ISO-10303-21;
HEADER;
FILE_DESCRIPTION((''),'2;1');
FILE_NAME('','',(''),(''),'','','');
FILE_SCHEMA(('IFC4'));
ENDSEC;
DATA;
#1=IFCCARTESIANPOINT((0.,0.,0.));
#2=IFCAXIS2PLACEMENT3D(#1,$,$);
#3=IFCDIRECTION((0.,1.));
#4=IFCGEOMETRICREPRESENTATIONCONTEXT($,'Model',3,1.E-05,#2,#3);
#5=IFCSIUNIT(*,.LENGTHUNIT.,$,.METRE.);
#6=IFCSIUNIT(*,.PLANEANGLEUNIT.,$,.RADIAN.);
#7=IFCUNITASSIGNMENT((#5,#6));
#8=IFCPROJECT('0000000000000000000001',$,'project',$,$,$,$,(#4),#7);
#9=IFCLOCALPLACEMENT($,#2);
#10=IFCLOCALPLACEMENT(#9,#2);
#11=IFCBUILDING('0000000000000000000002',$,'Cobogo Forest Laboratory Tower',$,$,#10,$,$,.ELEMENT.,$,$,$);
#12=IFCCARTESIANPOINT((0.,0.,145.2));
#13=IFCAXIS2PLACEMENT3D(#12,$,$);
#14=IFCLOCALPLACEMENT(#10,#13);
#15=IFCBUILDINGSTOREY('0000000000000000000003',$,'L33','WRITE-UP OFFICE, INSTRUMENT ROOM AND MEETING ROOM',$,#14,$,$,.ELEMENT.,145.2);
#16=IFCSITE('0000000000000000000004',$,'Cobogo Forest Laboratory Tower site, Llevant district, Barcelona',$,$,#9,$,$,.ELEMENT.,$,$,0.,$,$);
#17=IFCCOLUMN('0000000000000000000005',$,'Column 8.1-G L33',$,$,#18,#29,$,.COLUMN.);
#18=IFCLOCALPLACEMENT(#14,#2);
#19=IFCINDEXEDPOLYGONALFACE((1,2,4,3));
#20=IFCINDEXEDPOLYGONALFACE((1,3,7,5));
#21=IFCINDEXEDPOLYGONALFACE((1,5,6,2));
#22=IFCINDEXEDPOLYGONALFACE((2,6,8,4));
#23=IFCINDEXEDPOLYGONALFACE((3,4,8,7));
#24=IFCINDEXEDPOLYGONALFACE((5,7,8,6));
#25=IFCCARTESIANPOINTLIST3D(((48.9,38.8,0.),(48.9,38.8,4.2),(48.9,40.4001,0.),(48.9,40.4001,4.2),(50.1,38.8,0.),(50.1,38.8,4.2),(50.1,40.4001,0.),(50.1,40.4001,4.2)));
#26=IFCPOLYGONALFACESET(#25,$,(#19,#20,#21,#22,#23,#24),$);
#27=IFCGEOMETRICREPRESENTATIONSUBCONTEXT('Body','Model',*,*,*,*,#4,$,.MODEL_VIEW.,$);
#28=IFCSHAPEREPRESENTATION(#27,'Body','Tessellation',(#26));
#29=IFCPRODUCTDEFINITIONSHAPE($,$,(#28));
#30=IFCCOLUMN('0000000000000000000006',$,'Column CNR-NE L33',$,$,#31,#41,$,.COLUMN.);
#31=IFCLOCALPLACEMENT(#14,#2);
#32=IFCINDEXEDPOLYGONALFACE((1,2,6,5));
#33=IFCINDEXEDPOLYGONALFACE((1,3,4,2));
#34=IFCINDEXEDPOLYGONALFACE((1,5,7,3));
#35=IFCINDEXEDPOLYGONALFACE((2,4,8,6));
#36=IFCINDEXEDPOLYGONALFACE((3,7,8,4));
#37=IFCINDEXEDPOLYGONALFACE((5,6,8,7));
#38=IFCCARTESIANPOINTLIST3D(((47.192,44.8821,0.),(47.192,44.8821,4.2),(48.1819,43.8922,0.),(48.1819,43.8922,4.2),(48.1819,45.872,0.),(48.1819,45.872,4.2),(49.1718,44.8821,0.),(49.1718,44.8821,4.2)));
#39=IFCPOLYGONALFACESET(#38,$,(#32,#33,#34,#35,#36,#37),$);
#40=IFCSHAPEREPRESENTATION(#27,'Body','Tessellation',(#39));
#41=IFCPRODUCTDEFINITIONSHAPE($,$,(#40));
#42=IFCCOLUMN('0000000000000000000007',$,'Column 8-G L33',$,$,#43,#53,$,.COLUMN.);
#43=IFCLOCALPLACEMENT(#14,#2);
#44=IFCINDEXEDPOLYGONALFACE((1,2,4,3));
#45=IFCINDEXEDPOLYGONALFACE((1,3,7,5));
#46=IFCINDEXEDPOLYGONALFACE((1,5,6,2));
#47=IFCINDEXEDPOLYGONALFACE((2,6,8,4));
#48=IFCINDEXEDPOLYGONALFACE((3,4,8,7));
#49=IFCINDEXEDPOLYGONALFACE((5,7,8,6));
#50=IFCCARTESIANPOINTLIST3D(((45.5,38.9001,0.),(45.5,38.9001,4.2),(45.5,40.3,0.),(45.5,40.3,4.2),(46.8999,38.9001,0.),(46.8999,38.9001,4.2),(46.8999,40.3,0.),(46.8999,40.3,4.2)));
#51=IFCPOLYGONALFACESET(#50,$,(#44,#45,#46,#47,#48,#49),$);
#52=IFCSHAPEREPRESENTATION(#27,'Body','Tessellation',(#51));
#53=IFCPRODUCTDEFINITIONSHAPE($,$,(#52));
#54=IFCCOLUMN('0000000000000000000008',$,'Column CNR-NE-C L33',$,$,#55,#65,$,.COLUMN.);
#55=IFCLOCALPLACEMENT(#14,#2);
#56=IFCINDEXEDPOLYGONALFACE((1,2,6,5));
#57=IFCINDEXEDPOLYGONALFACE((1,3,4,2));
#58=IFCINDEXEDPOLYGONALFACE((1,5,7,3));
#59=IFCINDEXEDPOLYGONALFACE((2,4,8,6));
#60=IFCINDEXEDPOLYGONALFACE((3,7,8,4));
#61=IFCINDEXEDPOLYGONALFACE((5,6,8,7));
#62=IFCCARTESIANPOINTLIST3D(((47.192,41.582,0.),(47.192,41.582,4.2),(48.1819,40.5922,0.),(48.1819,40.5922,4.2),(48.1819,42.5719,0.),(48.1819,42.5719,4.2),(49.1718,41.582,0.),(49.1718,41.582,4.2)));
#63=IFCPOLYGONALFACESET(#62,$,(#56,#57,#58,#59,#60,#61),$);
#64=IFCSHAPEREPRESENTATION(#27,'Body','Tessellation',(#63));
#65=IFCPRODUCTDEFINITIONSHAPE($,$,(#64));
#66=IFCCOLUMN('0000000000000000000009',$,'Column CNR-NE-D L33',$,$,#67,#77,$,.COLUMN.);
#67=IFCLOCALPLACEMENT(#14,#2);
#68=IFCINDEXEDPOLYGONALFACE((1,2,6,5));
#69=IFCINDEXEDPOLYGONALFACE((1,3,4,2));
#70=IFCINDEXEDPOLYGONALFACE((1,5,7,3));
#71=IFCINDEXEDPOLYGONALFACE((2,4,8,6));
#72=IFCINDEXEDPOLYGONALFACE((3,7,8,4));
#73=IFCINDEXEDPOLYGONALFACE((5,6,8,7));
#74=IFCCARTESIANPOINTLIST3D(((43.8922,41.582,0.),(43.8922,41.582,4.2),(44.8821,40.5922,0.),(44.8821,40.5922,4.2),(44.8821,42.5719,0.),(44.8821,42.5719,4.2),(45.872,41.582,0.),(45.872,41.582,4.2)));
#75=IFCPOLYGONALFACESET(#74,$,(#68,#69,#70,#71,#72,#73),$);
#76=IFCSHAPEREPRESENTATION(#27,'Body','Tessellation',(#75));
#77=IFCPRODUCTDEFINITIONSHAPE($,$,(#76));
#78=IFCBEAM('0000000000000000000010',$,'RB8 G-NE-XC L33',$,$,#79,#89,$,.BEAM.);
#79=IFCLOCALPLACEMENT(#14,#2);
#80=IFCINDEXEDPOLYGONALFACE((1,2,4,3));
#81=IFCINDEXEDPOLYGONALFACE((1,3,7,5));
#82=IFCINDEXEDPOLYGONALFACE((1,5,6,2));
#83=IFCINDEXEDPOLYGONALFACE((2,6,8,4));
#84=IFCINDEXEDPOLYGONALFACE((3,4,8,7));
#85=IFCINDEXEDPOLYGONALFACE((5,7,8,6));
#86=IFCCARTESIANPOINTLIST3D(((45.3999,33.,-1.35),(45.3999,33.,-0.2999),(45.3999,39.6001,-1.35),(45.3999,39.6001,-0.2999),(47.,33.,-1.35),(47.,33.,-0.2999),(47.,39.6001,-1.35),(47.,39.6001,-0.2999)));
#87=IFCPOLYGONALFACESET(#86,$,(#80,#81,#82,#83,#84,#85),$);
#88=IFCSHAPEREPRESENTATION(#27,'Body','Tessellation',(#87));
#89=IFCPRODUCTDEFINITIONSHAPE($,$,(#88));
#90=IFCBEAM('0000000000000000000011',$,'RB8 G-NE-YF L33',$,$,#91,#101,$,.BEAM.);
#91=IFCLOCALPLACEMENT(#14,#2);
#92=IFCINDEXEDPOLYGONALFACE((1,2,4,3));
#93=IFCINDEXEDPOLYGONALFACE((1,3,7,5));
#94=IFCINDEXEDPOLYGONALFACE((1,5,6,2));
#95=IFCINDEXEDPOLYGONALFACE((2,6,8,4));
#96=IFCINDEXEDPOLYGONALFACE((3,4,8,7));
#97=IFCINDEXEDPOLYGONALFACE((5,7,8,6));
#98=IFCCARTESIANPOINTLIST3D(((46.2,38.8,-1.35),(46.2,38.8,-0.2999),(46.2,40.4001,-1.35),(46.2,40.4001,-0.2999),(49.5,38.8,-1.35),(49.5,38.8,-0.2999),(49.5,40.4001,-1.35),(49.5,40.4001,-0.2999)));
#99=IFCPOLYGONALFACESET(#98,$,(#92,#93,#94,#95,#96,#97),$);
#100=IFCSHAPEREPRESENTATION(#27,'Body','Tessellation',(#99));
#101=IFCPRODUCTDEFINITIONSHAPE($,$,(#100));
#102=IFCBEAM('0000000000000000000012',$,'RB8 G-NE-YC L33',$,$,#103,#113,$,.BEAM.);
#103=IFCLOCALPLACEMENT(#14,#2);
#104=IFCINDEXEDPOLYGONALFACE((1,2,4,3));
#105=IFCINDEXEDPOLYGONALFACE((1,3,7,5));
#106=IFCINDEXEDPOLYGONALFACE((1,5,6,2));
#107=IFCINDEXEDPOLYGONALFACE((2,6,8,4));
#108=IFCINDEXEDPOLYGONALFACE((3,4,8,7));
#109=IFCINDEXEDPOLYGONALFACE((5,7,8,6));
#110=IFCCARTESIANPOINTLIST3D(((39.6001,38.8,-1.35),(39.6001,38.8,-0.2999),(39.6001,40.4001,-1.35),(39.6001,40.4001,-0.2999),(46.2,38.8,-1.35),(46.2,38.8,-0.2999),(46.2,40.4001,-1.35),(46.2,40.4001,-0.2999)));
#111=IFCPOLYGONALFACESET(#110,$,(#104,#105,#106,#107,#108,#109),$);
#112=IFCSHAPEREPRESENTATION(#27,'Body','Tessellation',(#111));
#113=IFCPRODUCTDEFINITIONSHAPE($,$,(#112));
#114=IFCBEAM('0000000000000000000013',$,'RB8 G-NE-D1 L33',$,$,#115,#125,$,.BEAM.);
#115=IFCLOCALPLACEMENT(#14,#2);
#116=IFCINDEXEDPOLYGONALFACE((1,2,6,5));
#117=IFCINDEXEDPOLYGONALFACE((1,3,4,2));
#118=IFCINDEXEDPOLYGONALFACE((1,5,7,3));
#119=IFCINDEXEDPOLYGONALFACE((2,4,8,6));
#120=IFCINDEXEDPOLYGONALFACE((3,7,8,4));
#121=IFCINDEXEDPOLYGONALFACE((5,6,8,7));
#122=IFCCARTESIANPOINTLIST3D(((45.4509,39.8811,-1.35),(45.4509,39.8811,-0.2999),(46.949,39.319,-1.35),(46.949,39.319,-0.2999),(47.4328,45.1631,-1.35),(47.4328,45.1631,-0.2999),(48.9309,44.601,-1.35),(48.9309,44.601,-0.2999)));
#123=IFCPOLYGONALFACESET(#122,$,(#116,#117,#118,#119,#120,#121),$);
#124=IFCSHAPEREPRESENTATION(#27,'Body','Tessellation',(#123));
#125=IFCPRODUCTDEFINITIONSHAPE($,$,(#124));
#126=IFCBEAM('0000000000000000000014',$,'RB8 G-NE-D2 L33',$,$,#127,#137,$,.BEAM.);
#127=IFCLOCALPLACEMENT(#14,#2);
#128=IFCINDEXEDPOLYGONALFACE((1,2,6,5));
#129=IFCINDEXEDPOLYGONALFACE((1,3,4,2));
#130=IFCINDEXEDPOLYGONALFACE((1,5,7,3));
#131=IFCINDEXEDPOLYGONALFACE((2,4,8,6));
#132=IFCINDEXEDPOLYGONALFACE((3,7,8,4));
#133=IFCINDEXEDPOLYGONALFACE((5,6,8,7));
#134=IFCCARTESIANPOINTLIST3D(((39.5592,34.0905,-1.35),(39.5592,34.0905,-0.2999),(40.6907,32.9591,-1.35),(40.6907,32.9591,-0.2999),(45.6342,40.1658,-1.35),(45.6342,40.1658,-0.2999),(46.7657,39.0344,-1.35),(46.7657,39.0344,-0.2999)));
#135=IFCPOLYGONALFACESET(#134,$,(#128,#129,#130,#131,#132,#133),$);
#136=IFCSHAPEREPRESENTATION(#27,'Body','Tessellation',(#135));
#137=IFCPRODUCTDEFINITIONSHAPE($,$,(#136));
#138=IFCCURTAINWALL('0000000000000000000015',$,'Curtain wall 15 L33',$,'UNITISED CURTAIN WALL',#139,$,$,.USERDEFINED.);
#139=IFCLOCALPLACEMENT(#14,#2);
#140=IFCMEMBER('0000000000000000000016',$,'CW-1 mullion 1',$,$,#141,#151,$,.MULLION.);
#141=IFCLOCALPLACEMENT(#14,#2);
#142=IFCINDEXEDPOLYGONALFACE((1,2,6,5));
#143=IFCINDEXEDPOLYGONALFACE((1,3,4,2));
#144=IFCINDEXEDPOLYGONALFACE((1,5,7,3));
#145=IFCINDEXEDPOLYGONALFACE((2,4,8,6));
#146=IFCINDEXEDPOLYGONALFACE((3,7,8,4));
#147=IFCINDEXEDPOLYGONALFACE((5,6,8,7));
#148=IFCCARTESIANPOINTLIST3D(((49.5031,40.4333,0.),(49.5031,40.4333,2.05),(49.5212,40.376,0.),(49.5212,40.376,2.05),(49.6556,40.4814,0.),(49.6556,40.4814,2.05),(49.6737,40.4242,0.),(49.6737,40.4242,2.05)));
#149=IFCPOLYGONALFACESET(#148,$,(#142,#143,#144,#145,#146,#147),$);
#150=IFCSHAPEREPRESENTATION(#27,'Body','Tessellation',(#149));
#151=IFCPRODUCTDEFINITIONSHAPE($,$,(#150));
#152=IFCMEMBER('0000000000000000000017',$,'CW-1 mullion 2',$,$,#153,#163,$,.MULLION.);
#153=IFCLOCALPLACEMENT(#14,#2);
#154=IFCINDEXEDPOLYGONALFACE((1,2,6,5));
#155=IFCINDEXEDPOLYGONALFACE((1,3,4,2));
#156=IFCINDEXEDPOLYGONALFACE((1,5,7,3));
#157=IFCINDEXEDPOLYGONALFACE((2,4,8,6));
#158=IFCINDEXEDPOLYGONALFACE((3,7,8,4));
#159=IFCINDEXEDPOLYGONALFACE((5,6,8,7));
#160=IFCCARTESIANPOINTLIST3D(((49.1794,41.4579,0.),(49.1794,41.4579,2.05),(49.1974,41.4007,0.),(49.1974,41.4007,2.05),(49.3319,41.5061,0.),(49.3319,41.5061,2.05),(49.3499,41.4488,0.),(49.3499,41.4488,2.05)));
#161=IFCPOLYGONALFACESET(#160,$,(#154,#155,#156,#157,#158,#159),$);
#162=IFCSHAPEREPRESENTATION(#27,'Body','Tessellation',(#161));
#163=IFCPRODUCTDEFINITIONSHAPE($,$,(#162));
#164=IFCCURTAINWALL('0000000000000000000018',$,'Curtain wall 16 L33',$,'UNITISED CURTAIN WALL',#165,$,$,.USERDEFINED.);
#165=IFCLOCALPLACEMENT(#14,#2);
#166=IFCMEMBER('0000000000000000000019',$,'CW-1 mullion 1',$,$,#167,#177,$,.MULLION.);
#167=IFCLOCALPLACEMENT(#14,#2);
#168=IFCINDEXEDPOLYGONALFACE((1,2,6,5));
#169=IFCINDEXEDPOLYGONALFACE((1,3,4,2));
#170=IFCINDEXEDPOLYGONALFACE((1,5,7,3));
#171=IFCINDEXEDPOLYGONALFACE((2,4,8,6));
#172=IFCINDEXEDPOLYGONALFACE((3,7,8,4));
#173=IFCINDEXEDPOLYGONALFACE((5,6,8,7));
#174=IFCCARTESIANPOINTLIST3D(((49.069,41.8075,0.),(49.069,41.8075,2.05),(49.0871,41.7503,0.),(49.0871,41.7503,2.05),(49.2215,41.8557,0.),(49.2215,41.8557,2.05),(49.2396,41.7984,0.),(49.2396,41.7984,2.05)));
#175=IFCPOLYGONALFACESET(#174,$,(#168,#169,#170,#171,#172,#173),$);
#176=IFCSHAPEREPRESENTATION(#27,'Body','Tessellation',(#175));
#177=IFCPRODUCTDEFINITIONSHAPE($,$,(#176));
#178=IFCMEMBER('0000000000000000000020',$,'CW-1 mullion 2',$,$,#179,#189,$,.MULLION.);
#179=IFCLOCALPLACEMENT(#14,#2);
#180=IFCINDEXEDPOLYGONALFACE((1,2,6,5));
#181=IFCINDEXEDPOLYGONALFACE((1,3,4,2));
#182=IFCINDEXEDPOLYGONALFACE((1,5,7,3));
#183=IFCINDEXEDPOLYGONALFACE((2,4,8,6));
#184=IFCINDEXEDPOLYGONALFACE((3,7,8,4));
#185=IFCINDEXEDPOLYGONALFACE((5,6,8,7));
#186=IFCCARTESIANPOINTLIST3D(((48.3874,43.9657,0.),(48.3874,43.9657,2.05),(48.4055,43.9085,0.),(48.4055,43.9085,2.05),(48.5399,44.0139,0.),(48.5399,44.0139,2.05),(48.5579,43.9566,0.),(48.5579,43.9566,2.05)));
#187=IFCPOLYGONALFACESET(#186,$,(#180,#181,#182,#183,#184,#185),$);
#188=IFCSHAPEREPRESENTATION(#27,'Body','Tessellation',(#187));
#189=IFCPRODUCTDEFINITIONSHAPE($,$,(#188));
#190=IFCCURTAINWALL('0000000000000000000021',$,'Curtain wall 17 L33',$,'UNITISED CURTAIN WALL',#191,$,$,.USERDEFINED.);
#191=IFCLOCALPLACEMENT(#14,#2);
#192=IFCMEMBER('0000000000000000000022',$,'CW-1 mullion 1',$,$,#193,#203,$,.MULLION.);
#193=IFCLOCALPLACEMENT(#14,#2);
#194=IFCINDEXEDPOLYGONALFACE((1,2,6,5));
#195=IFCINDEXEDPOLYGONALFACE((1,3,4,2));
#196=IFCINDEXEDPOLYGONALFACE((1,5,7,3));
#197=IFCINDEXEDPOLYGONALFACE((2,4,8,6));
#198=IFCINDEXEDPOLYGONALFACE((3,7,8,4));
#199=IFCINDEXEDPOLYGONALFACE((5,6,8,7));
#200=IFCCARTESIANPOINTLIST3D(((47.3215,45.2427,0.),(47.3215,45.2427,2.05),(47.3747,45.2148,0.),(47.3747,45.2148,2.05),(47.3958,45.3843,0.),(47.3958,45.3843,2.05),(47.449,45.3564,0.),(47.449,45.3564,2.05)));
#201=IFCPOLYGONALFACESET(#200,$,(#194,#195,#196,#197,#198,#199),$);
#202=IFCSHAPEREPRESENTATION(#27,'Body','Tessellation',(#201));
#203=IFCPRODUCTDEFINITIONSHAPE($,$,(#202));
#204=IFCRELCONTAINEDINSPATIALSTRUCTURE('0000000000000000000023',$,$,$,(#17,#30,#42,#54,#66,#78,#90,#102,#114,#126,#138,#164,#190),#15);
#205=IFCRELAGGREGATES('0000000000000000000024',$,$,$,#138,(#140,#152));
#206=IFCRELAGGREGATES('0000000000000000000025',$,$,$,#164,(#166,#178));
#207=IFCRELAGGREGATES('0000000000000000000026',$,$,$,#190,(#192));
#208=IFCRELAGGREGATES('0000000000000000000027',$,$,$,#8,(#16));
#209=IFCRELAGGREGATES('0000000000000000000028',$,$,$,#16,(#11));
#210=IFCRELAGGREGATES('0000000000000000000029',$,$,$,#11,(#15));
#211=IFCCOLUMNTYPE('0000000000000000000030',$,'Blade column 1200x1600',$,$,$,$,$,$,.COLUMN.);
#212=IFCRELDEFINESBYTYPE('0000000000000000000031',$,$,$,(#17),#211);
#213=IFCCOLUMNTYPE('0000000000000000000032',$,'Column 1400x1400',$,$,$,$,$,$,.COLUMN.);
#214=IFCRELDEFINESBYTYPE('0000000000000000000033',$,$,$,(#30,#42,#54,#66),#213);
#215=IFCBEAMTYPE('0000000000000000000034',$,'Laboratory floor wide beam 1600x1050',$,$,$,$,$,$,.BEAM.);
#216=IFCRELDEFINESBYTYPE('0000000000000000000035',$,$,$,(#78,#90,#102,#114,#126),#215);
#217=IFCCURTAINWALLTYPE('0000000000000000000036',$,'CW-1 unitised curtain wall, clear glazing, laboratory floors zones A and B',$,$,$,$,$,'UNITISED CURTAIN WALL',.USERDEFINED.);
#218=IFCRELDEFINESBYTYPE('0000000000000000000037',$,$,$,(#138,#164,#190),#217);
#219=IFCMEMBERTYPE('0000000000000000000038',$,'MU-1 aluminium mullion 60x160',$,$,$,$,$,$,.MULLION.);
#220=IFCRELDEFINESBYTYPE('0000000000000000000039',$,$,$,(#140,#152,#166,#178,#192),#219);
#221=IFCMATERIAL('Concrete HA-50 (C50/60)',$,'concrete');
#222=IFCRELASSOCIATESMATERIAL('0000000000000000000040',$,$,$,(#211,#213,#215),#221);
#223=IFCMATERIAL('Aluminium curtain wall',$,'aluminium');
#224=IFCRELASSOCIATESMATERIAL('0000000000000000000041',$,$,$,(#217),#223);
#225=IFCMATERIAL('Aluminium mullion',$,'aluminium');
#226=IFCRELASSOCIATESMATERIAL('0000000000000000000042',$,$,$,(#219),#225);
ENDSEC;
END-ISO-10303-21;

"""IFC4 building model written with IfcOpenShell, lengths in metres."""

from ifc_helpers import new_model, si_unit, direction, frame, origin, origin_2d, place, context, subcontext, project, spatial, rectangle, extrude, material, material_profile, profile_set, type_object, element, aggregate, save


model = new_model("IFC4")

# Units and contexts
model_context = context("Model", 3, precision=1e-05, world=origin(), true_north=direction((0.0, 1.0)))
body_context = subcontext(model_context, "Body", "Model", "MODEL_VIEW")
ifc_project = project(units=[si_unit("LENGTHUNIT", "METRE"), si_unit("PLANEANGLEUNIT", "RADIAN")], contexts=[model_context])

# Site, building, storey
site_placement = place(None, origin())
site = spatial("IfcSite", under=ifc_project, at=site_placement, Name="Cobogo Forest Laboratory Tower site, Llevant district, Barcelona", CompositionType="ELEMENT", RefElevation=0.0)
building_placement = place(site_placement, origin())
building = spatial("IfcBuilding", under=site, at=building_placement, Name="Cobogo Forest Laboratory Tower", CompositionType="ELEMENT")
storey_placement = place(building_placement, frame((0.0, 0.0, 145.2)))
storey = spatial("IfcBuildingStorey", under=building, at=storey_placement, Name="L33", Description="WRITE-UP OFFICE, INSTRUMENT ROOM AND MEETING ROOM", CompositionType="ELEMENT", Elevation=145.2)

# Columns
ifc_material_1 = material(Name="Concrete HA-50 (C50/60)", Category="concrete")
ifc_material_profile_1 = material_profile(ifc_material_1, rectangle(XDim=1.6001, YDim=1.2, at=origin_2d()), Name="RC 1200x1600")
ifc_profile_set_1 = profile_set([ifc_material_profile_1], Name="Concrete HA-50 (C50/60)")
column_type_1 = type_object("IfcColumnType", Name="Blade column 1200x1600", PredefinedType="COLUMN", material=ifc_profile_set_1)
column_placement = place(storey_placement, frame((49.5, 39.6001, 0.0), z_axis=(0.0, 0.0, 1.0), x_axis=(0.0, 1.0, 0.0)))
element("IfcColumn", 1, at=column_placement, inside=storey, type_object=column_type_1, Name="Column 8.1-G L33", PredefinedType="COLUMN", context=body_context, shape_type="SweptSolid", body=[
    extrude(rectangle(XDim=1.6001, YDim=1.2, at=origin_2d()), origin(), (0.0, 0.0, 1.0), 4.2),
])
ifc_material_profile_2 = material_profile(ifc_material_1, rectangle(XDim=1.3999, YDim=1.3999, at=origin_2d()), Name="RC 1400x1400")
ifc_profile_set_2 = profile_set([ifc_material_profile_2], Name="Concrete HA-50 (C50/60)")
column_type_2 = type_object("IfcColumnType", Name="Column 1400x1400", PredefinedType="COLUMN", material=ifc_profile_set_2)
for number, where, z_axis, x_axis, name in (
    (2, (48.1819, 44.8821, 0.0), (0.0, 0.0, 1.0), (0.707107, 0.707107, 0.0), "Column CNR-NE L33"),
    (3, (46.2, 39.6001, 0.0), (0.0, 0.0, 1.0), (1.0, 0.0, 0.0), "Column 8-G L33"),
    (4, (48.1819, 41.582, 0.0), (0.0, 0.0, 1.0), (0.707107, 0.707107, 0.0), "Column CNR-NE-C L33"),
    (5, (44.8821, 41.582, 0.0), (0.0, 0.0, 1.0), (0.707107, 0.707107, 0.0), "Column CNR-NE-D L33"),
):
    element("IfcColumn", number, at=place(storey_placement, frame(where, z_axis=z_axis, x_axis=x_axis)), inside=storey, type_object=column_type_2, Name=name, PredefinedType="COLUMN", context=body_context, shape_type="SweptSolid", body=[
        extrude(rectangle(XDim=1.3999, YDim=1.3999, at=origin_2d()), origin(), (0.0, 0.0, 1.0), 4.2),
    ])

# Beams
ifc_material_profile_3 = material_profile(ifc_material_1, rectangle(XDim=1.6001, YDim=1.05, at=origin_2d()), Name="RC 1600x1050")
ifc_profile_set_3 = profile_set([ifc_material_profile_3], Name="Concrete HA-50 (C50/60)")
beam_type_1 = type_object("IfcBeamType", Name="Laboratory floor wide beam 1600x1050", PredefinedType="BEAM", material=ifc_profile_set_3)
beam_1_placement = place(storey_placement, frame((46.2, 39.6001, -0.825), z_axis=(0.0, -1.0, 0.0), x_axis=(1.0, 0.0, 0.0)))
element("IfcBeam", 6, at=beam_1_placement, inside=storey, type_object=beam_type_1, Name="RB8 G-NE-XC L33", PredefinedType="BEAM", context=body_context, shape_type="SweptSolid", body=[
    extrude(rectangle(XDim=1.6001, YDim=1.05, at=origin_2d()), origin(), (0.0, 0.0, 1.0), 6.6001),
])
beam_2_placement = place(storey_placement, frame((49.5, 39.6001, -0.825), z_axis=(-1.0, 0.0, 0.0), x_axis=(0.0, -1.0, 0.0)))
element("IfcBeam", 7, at=beam_2_placement, inside=storey, type_object=beam_type_1, Name="RB8 G-NE-YF L33", PredefinedType="BEAM", context=body_context, shape_type="SweptSolid", body=[
    extrude(rectangle(XDim=1.6001, YDim=1.05, at=origin_2d()), origin(), (0.0, 0.0, 1.0), 3.3),
])
beam_3_placement = place(storey_placement, frame((46.2, 39.6001, -0.825), z_axis=(-1.0, 0.0, 0.0), x_axis=(0.0, -1.0, 0.0)))
element("IfcBeam", 8, at=beam_3_placement, inside=storey, type_object=beam_type_1, Name="RB8 G-NE-YC L33", PredefinedType="BEAM", context=body_context, shape_type="SweptSolid", body=[
    extrude(rectangle(XDim=1.6001, YDim=1.05, at=origin_2d()), origin(), (0.0, 0.0, 1.0), 6.5999),
])
beam_4_placement = place(storey_placement, frame((48.1819, 44.8821, -0.825), z_axis=(-0.351308, -0.93626, 0.0), x_axis=(0.93626, -0.351308, 0.0)))
element("IfcBeam", 9, at=beam_4_placement, inside=storey, type_object=beam_type_1, Name="RB8 G-NE-D1 L33", PredefinedType="BEAM", context=body_context, shape_type="SweptSolid", body=[
    extrude(rectangle(XDim=1.6001, YDim=1.05, at=origin_2d()), origin(), (0.0, 0.0, 1.0), 5.6416),
])
beam_5_placement = place(storey_placement, frame((46.2, 39.6001, -0.825), z_axis=(-0.707093, -0.707121, 0.0), x_axis=(0.707121, -0.707093, 0.0)))
element("IfcBeam", 10, at=beam_5_placement, inside=storey, type_object=beam_type_1, Name="RB8 G-NE-D2 L33", PredefinedType="BEAM", context=body_context, shape_type="SweptSolid", body=[
    extrude(rectangle(XDim=1.6001, YDim=1.05, at=origin_2d()), origin(), (0.0, 0.0, 1.0), 8.5916),
])

# Curtain walls, members
ifc_material_2 = material(Name="Aluminium curtain wall", Category="aluminium")
curtain_wall_type = type_object("IfcCurtainWallType", Name="CW-1 unitised curtain wall, clear glazing, laboratory floors zones A and B", ElementType="UNITISED CURTAIN WALL", PredefinedType="USERDEFINED", material=ifc_material_2)
curtain_wall_1_placement = place(storey_placement, origin())
curtain_wall_1 = element("IfcCurtainWall", 11, at=curtain_wall_1_placement, inside=storey, type_object=curtain_wall_type, Name="Curtain wall 15 L33", ObjectType="UNITISED CURTAIN WALL", PredefinedType="USERDEFINED")
ifc_material_3 = material(Name="Aluminium mullion", Category="aluminium")
ifc_material_profile_4 = material_profile(ifc_material_3, rectangle(XDim=0.0601, YDim=0.1599, at=origin_2d()), Name="AL 60x160")
ifc_profile_set_4 = profile_set([ifc_material_profile_4], Name="Aluminium mullion")
member_type_1 = type_object("IfcMemberType", Name="MU-1 aluminium mullion 60x160", PredefinedType="MULLION", material=ifc_profile_set_4)
member_1_placement = place(storey_placement, frame((49.5884, 40.4287, 0.0), z_axis=(0.0, 0.0, 1.0), x_axis=(-0.301136, 0.953581, 0.0)))
member_1 = element("IfcMember", 12, at=member_1_placement, type_object=member_type_1, Name="CW-1 mullion 1", PredefinedType="MULLION", context=body_context, shape_type="SweptSolid", body=[
    extrude(rectangle(XDim=0.0601, YDim=0.1599, at=origin_2d()), origin(), (0.0, 0.0, 1.0), 2.05),
])
member_2_placement = place(storey_placement, frame((49.2646, 41.4534, 0.0), z_axis=(0.0, 0.0, 1.0), x_axis=(-0.301136, 0.953581, 0.0)))
member_2 = element("IfcMember", 13, at=member_2_placement, type_object=member_type_1, Name="CW-1 mullion 2", PredefinedType="MULLION", context=body_context, shape_type="SweptSolid", body=[
    extrude(rectangle(XDim=0.0601, YDim=0.1599, at=origin_2d()), origin(), (0.0, 0.0, 1.0), 2.05),
])
curtain_wall_2_placement = place(storey_placement, origin())
curtain_wall_2 = element("IfcCurtainWall", 14, at=curtain_wall_2_placement, inside=storey, type_object=curtain_wall_type, Name="Curtain wall 16 L33", ObjectType="UNITISED CURTAIN WALL", PredefinedType="USERDEFINED")
member_3_placement = place(storey_placement, frame((49.1543, 41.803, 0.0), z_axis=(0.0, 0.0, 1.0), x_axis=(-0.301135, 0.953581, 0.0)))
member_3 = element("IfcMember", 15, at=member_3_placement, type_object=member_type_1, Name="CW-1 mullion 1", PredefinedType="MULLION", context=body_context, shape_type="SweptSolid", body=[
    extrude(rectangle(XDim=0.0601, YDim=0.1599, at=origin_2d()), origin(), (0.0, 0.0, 1.0), 2.05),
])
member_4_placement = place(storey_placement, frame((48.4727, 43.9612, 0.0), z_axis=(0.0, 0.0, 1.0), x_axis=(-0.301135, 0.953581, 0.0)))
member_4 = element("IfcMember", 16, at=member_4_placement, type_object=member_type_1, Name="CW-1 mullion 2", PredefinedType="MULLION", context=body_context, shape_type="SweptSolid", body=[
    extrude(rectangle(XDim=0.0601, YDim=0.1599, at=origin_2d()), origin(), (0.0, 0.0, 1.0), 2.05),
])
curtain_wall_3_placement = place(storey_placement, origin())
curtain_wall_3 = element("IfcCurtainWall", 17, at=curtain_wall_3_placement, inside=storey, type_object=curtain_wall_type, Name="Curtain wall 17 L33", ObjectType="UNITISED CURTAIN WALL", PredefinedType="USERDEFINED")
member_5_placement = place(storey_placement, frame((47.3853, 45.2996, 0.0), z_axis=(0.0, 0.0, 1.0), x_axis=(-0.885687, 0.464284, 0.0)))
member_5 = element("IfcMember", 18, at=member_5_placement, type_object=member_type_1, Name="CW-1 mullion 1", PredefinedType="MULLION", context=body_context, shape_type="SweptSolid", body=[
    extrude(rectangle(XDim=0.0601, YDim=0.1599, at=origin_2d()), origin(), (0.0, 0.0, 1.0), 2.05),
])

aggregate(curtain_wall_1, [member_1, member_2])
aggregate(curtain_wall_2, [member_3, member_4])
aggregate(curtain_wall_3, [member_5])

save(model, "model.ifc")
